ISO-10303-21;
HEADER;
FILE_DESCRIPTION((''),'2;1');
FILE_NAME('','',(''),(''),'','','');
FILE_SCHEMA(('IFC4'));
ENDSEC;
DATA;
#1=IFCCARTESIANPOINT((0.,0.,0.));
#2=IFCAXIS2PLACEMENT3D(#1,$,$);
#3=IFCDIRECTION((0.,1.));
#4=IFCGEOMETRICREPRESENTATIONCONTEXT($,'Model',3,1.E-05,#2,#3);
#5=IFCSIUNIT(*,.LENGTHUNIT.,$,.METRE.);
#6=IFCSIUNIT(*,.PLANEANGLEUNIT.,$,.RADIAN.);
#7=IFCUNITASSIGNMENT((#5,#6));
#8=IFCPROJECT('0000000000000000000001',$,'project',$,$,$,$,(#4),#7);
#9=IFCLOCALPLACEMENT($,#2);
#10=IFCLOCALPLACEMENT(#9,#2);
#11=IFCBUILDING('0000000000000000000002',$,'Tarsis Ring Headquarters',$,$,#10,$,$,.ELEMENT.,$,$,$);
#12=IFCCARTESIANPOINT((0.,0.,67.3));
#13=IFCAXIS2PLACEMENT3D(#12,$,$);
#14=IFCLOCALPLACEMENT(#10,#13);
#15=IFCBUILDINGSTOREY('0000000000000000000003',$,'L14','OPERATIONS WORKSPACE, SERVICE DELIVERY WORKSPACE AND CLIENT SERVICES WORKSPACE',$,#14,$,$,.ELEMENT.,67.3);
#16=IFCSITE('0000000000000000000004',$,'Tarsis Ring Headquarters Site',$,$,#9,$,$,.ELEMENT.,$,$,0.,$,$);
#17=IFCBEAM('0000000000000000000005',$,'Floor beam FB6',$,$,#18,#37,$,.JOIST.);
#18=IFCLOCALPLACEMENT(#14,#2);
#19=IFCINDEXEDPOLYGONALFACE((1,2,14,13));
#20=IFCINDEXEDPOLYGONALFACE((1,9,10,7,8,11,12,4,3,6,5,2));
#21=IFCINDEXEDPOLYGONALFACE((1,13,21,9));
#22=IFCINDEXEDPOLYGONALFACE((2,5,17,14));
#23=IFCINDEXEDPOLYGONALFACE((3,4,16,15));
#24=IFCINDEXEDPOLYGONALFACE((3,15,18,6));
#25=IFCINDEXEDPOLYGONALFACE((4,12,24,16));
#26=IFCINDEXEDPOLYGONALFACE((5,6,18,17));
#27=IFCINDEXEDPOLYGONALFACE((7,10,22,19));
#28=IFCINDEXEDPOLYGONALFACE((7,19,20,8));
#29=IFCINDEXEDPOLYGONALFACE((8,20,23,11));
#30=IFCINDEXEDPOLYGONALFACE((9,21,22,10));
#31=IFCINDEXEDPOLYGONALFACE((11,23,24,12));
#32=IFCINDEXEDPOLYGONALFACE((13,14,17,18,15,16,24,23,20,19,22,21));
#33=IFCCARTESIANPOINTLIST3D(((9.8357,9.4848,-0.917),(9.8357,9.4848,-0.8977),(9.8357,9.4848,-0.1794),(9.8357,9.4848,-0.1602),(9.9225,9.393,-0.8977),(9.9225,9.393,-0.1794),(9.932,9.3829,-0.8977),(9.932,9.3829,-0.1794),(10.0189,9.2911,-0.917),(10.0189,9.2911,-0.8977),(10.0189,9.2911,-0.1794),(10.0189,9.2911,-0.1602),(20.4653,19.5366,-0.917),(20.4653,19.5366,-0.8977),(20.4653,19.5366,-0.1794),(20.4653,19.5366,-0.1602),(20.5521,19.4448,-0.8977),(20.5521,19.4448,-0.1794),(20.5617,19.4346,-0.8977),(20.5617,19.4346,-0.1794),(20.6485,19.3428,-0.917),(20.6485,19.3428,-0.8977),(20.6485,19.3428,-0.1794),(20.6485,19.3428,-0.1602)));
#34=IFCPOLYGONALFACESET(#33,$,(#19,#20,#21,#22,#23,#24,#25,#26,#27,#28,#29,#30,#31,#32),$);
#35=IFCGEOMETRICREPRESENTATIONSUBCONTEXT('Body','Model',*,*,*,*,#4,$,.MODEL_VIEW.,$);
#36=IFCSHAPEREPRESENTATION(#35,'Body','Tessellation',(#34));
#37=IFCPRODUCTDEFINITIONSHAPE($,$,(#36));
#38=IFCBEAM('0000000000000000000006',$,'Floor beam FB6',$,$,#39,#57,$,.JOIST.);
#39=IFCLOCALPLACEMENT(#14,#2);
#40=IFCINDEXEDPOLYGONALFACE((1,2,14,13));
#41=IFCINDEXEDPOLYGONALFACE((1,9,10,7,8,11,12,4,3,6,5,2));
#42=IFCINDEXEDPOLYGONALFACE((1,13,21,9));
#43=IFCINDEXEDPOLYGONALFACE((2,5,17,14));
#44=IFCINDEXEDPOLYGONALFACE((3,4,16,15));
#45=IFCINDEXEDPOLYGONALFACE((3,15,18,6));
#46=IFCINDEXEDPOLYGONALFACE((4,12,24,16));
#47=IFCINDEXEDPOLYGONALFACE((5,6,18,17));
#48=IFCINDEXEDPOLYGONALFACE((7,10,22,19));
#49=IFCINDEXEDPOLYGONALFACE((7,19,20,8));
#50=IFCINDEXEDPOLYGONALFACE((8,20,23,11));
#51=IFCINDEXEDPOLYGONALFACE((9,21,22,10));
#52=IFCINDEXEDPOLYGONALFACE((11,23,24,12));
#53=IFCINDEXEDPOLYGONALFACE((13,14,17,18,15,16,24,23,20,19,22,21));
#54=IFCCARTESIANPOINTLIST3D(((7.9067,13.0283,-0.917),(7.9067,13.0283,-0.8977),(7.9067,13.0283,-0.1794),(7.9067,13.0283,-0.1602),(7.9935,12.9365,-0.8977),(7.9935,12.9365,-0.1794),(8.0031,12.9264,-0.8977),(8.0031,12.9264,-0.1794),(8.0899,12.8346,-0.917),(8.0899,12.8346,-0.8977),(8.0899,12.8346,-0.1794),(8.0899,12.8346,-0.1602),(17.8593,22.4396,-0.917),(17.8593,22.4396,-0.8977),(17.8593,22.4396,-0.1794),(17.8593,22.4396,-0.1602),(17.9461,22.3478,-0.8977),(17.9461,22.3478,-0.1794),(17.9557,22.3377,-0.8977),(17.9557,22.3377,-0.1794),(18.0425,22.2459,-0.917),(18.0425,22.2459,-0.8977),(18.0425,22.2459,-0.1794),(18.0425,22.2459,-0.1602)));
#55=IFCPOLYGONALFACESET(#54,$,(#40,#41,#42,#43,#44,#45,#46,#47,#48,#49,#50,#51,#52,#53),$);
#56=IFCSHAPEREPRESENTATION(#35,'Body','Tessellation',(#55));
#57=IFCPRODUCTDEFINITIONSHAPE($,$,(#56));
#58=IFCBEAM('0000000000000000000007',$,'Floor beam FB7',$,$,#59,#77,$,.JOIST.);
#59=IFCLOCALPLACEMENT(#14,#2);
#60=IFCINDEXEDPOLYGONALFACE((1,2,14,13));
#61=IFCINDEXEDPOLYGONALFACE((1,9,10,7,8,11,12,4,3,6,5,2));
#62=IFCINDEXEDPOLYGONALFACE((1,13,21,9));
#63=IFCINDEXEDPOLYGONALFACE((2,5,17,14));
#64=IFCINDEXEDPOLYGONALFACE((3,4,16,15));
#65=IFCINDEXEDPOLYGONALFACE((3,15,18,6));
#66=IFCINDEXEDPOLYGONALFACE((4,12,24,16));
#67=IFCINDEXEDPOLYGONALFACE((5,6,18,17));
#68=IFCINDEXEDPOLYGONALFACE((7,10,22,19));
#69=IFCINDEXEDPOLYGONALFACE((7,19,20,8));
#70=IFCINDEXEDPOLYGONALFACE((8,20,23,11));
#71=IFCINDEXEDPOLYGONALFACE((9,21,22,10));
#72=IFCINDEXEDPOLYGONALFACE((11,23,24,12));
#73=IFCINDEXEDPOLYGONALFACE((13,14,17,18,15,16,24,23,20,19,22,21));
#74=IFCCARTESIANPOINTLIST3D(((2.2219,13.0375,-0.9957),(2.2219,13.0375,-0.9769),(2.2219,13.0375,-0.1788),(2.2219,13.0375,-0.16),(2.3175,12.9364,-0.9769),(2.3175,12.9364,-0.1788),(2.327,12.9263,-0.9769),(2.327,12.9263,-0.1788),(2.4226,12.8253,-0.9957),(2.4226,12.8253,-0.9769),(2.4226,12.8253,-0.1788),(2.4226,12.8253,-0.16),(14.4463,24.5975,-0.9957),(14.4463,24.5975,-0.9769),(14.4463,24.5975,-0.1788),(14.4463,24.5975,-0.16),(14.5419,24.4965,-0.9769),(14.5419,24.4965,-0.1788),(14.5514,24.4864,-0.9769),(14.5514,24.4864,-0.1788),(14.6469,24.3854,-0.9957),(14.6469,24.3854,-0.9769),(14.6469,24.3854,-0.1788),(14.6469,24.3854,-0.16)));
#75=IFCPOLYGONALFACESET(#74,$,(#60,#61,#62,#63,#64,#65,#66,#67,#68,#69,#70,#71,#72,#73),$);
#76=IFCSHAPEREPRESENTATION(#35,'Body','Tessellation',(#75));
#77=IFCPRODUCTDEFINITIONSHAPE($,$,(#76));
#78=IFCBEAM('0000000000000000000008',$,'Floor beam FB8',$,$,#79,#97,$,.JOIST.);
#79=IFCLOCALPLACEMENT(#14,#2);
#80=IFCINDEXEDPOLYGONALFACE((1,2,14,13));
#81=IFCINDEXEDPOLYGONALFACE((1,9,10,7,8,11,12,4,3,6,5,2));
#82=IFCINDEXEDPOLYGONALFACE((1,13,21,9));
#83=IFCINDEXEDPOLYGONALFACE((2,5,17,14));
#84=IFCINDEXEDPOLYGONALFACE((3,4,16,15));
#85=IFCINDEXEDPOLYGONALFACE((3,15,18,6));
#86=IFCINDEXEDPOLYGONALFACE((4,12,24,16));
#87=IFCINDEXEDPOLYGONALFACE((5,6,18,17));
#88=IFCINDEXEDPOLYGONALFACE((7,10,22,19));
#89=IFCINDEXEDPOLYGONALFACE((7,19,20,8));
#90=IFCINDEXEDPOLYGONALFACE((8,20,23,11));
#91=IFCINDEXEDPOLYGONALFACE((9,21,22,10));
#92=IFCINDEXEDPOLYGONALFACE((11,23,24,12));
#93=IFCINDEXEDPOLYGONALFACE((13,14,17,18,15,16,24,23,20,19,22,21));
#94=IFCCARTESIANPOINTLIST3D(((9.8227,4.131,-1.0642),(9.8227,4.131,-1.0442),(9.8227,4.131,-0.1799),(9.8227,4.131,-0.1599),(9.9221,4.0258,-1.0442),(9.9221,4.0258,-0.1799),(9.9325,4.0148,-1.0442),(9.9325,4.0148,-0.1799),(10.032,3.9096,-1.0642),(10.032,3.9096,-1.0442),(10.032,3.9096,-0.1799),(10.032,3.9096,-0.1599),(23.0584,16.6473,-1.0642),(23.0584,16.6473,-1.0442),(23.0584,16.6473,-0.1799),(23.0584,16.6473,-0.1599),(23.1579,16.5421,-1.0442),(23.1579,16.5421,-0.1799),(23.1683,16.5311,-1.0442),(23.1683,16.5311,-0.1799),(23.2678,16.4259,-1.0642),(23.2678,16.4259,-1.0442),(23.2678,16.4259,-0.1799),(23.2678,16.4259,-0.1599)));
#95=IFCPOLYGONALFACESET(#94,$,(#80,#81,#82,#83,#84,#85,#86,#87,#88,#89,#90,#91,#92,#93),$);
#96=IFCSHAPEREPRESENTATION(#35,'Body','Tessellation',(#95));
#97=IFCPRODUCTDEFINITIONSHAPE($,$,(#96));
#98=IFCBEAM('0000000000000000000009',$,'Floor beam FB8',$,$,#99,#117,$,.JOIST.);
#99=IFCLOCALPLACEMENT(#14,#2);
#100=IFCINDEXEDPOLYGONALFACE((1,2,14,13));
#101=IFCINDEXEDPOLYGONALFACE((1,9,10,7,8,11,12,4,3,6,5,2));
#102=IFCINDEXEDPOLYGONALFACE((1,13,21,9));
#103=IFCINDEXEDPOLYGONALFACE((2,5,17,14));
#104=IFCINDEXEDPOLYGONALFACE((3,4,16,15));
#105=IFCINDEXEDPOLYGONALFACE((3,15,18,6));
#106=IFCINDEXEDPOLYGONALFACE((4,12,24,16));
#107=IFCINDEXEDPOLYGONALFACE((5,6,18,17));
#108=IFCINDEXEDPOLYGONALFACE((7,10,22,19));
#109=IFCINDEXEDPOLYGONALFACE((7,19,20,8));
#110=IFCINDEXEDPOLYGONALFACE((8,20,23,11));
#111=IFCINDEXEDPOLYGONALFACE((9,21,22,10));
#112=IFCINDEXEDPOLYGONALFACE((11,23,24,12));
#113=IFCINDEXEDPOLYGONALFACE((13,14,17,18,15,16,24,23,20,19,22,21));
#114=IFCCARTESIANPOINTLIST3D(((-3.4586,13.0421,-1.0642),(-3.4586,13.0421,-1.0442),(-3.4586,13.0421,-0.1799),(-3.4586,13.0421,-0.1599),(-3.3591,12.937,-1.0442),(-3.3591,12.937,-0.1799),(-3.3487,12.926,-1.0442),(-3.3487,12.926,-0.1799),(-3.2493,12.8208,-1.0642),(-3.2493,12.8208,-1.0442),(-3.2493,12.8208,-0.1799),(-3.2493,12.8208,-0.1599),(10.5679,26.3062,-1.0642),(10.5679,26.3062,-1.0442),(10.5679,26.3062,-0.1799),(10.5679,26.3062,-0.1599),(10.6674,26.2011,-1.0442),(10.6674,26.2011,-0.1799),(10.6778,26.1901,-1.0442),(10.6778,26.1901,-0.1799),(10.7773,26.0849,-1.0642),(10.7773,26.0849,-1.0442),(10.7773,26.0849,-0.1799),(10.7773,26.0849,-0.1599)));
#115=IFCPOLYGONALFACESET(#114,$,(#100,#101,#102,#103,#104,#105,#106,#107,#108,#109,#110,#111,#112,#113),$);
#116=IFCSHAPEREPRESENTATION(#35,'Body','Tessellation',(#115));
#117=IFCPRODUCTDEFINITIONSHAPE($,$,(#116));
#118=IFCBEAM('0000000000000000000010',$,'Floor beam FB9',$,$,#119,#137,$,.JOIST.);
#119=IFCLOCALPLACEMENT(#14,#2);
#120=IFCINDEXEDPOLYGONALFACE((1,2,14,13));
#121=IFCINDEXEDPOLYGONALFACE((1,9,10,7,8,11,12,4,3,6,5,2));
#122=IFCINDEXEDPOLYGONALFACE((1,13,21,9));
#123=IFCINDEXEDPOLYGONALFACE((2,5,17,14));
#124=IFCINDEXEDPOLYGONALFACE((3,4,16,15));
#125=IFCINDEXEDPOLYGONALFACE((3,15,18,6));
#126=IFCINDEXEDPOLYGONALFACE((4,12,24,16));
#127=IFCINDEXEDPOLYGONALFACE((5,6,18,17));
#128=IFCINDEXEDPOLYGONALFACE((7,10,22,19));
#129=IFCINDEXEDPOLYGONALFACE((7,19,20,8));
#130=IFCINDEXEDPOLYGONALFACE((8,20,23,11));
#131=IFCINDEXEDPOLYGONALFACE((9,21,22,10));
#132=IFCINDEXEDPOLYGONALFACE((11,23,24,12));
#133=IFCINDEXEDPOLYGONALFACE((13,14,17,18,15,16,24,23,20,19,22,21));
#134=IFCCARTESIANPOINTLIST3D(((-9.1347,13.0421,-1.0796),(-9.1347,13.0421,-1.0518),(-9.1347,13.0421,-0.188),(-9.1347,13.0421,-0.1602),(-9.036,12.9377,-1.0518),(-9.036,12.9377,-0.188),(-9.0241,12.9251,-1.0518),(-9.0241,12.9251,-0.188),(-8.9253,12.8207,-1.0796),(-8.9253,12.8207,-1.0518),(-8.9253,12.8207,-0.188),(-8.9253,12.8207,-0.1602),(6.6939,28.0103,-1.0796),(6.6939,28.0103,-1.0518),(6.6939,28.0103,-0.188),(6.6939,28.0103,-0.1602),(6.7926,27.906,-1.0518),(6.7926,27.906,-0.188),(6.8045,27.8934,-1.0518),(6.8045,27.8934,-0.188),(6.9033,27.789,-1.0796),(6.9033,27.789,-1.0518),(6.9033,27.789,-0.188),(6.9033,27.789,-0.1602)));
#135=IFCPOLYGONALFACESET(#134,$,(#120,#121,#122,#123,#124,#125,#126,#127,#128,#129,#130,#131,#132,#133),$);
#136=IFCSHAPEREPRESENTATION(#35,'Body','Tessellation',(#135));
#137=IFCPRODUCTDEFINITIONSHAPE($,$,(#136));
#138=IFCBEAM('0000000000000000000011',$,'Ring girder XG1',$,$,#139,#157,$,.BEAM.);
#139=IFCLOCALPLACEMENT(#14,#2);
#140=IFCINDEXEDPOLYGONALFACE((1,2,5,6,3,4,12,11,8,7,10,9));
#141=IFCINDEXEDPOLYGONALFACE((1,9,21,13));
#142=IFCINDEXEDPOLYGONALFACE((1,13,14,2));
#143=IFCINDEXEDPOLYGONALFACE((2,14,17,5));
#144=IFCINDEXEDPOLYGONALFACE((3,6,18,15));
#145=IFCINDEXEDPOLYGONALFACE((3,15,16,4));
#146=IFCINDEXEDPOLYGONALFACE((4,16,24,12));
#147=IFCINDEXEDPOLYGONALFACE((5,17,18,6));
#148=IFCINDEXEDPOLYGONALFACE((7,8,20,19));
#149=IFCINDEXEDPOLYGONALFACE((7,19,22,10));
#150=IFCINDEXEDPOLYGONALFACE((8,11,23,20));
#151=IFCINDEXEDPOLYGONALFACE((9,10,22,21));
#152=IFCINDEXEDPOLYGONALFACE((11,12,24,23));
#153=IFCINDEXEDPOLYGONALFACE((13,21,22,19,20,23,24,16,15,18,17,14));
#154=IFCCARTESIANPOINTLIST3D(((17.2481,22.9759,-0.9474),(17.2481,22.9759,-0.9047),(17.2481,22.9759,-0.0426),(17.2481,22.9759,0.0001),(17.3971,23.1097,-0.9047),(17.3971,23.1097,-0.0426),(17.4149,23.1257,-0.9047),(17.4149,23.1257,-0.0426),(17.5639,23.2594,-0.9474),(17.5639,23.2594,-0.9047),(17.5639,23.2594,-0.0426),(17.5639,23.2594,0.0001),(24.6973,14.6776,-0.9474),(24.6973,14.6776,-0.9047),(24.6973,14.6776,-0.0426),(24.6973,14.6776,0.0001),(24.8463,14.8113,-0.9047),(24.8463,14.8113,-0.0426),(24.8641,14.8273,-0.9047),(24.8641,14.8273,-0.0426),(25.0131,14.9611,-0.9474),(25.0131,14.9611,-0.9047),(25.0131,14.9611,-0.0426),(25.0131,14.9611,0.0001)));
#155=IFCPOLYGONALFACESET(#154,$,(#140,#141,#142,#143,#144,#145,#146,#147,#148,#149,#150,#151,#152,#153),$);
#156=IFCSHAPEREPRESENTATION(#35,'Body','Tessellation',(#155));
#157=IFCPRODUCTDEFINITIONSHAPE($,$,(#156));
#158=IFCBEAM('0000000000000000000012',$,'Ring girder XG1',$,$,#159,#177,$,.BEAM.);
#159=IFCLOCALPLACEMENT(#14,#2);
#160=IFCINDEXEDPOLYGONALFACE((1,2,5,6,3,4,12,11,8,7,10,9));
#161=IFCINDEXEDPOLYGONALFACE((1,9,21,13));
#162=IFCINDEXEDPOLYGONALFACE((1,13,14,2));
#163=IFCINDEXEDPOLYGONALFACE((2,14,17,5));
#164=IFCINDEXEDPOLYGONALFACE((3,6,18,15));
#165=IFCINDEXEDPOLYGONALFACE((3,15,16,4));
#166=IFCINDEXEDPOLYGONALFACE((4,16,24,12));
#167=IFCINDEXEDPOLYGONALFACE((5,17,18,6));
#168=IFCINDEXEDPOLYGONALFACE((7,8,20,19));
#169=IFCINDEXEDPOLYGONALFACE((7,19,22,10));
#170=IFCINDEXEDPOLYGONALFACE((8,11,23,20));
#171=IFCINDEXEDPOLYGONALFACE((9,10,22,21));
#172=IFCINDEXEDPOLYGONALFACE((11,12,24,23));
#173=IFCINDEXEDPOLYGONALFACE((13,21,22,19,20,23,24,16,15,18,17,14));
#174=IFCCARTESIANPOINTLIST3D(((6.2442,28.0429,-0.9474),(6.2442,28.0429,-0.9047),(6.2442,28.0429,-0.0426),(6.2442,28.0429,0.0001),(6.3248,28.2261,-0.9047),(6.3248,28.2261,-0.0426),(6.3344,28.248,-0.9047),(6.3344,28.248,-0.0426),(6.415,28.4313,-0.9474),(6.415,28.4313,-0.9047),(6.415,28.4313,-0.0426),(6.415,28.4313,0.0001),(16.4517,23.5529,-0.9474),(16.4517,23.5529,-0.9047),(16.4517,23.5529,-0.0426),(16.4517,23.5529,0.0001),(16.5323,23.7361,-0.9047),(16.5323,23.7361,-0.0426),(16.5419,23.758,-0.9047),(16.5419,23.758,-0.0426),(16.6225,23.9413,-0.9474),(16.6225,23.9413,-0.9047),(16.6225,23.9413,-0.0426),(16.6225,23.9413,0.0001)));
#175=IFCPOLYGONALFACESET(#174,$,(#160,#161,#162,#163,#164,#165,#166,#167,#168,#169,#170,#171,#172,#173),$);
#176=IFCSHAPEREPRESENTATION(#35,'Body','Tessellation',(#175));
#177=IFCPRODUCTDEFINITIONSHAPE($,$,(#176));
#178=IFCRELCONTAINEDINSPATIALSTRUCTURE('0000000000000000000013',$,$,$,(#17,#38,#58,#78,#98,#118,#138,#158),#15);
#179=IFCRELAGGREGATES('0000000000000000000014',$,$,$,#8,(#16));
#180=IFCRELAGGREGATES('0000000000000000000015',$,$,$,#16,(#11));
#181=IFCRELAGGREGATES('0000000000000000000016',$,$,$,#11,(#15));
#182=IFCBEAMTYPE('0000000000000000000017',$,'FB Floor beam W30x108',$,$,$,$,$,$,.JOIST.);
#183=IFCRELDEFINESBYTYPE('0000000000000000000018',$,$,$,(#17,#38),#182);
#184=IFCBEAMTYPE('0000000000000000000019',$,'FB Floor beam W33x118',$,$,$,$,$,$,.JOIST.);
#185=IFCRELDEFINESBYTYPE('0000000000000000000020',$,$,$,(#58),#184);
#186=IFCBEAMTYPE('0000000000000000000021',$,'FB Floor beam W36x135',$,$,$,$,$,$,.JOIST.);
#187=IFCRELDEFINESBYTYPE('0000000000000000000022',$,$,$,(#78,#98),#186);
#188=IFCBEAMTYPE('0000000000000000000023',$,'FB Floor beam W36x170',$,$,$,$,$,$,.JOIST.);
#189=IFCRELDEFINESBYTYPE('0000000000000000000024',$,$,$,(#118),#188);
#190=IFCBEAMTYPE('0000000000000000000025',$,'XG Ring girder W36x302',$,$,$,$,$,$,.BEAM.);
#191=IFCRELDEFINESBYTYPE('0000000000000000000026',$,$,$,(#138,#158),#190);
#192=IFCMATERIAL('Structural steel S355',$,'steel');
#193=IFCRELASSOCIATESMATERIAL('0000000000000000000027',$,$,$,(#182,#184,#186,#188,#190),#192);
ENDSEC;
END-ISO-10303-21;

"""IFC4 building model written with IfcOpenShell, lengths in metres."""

from ifc_helpers import new_model, si_unit, direction, frame, origin, origin_2d, place, context, subcontext, project, spatial, i_section, extrude, material, material_profile, profile_set, type_object, element, save


model = new_model("IFC4")

# Units and contexts
model_context = context("Model", 3, precision=1e-05, world=origin(), true_north=direction((0.0, 1.0)))
body_context = subcontext(model_context, "Body", "Model", "MODEL_VIEW")
ifc_project = project(units=[si_unit("LENGTHUNIT", "METRE"), si_unit("PLANEANGLEUNIT", "RADIAN")], contexts=[model_context])

# Site, building, storey
site_placement = place(None, origin())
site = spatial("IfcSite", under=ifc_project, at=site_placement, Name="Tarsis Ring Headquarters Site", CompositionType="ELEMENT", RefElevation=0.0)
building_placement = place(site_placement, origin())
building = spatial("IfcBuilding", under=site, at=building_placement, Name="Tarsis Ring Headquarters", CompositionType="ELEMENT")
storey_placement = place(building_placement, frame((0.0, 0.0, 67.3)))
storey = spatial("IfcBuildingStorey", under=building, at=storey_placement, Name="L14", Description="OPERATIONS WORKSPACE, SERVICE DELIVERY WORKSPACE AND CLIENT SERVICES WORKSPACE", CompositionType="ELEMENT", Elevation=67.3)

# Beams
ifc_material_1 = material(Name="Structural steel S355", Category="steel")
ifc_material_profile_1 = material_profile(ifc_material_1, i_section(OverallWidth=0.2666, OverallDepth=0.7568, WebThickness=0.0139, FlangeThickness=0.0193, at=origin_2d()), Name="W30x108")
ifc_profile_set_1 = profile_set([ifc_material_profile_1], Name="Structural steel S355")
beam_type_1 = type_object("IfcBeamType", Name="FB Floor beam W30x108", PredefinedType="JOIST", material=ifc_profile_set_1)
beam_1_placement = place(storey_placement, frame((20.5569, 19.4397, -0.5386), z_axis=(-0.726581, -0.687081, 0.0), x_axis=(0.687081, -0.726581, 0.0)))
element("IfcBeam", 1, at=beam_1_placement, inside=storey, type_object=beam_type_1, Name="Floor beam FB6", PredefinedType="JOIST", context=body_context, shape_type="SweptSolid", body=[
    extrude(i_section(OverallWidth=0.2666, OverallDepth=0.7568, WebThickness=0.0139, FlangeThickness=0.0193, at=origin_2d()), origin(), (0.0, 0.0, 1.0), 14.6296),
])
beam_2_placement = place(storey_placement, frame((17.9509, 22.3428, -0.5386), z_axis=(-0.726588, -0.687073, 0.0), x_axis=(0.687073, -0.726588, 0.0)))
element("IfcBeam", 2, at=beam_2_placement, inside=storey, type_object=beam_type_1, Name="Floor beam FB6", PredefinedType="JOIST", context=body_context, shape_type="SweptSolid", body=[
    extrude(i_section(OverallWidth=0.2666, OverallDepth=0.7568, WebThickness=0.0139, FlangeThickness=0.0193, at=origin_2d()), origin(), (0.0, 0.0, 1.0), 13.6978),
])
ifc_material_profile_2 = material_profile(ifc_material_1, i_section(OverallWidth=0.292, OverallDepth=0.8357, WebThickness=0.0139, FlangeThickness=0.0188, at=origin_2d()), Name="W33x118")
ifc_profile_set_2 = profile_set([ifc_material_profile_2], Name="Structural steel S355")
beam_type_2 = type_object("IfcBeamType", Name="FB Floor beam W33x118", PredefinedType="JOIST", material=ifc_profile_set_2)
beam_3_placement = place(storey_placement, frame((14.5466, 24.4915, -0.5779), z_axis=(-0.726573, -0.687089, 0.0), x_axis=(0.687089, -0.726573, 0.0)))
element("IfcBeam", 3, at=beam_3_placement, inside=storey, type_object=beam_type_2, Name="Floor beam FB7", PredefinedType="JOIST", context=body_context, shape_type="SweptSolid", body=[
    extrude(i_section(OverallWidth=0.292, OverallDepth=0.8357, WebThickness=0.0139, FlangeThickness=0.0188, at=origin_2d()), origin(), (0.0, 0.0, 1.0), 16.8247),
])
ifc_material_profile_3 = material_profile(ifc_material_1, i_section(OverallWidth=0.3047, OverallDepth=0.9043, WebThickness=0.0151, FlangeThickness=0.02, at=origin_2d()), Name="W36x135")
ifc_profile_set_3 = profile_set([ifc_material_profile_3], Name="Structural steel S355")
beam_type_3 = type_object("IfcBeamType", Name="FB Floor beam W36x135", PredefinedType="JOIST", material=ifc_profile_set_3)
beam_4_placement = place(storey_placement, frame((23.1631, 16.5366, -0.6121), z_axis=(-0.726579, -0.687083, 0.0), x_axis=(0.687083, -0.726579, 0.0)))
element("IfcBeam", 4, at=beam_4_placement, inside=storey, type_object=beam_type_3, Name="Floor beam FB8", PredefinedType="JOIST", context=body_context, shape_type="SweptSolid", body=[
    extrude(i_section(OverallWidth=0.3047, OverallDepth=0.9043, WebThickness=0.0151, FlangeThickness=0.02, at=origin_2d()), origin(), (0.0, 0.0, 1.0), 18.2166),
])
beam_5_placement = place(storey_placement, frame((10.6726, 26.1956, -0.6121), z_axis=(-0.726578, -0.687083, 0.0), x_axis=(0.687083, -0.726578, 0.0)))
element("IfcBeam", 5, at=beam_5_placement, inside=storey, type_object=beam_type_3, Name="Floor beam FB8", PredefinedType="JOIST", context=body_context, shape_type="SweptSolid", body=[
    extrude(i_section(OverallWidth=0.3047, OverallDepth=0.9043, WebThickness=0.0151, FlangeThickness=0.02, at=origin_2d()), origin(), (0.0, 0.0, 1.0), 19.3049),
])
ifc_material_profile_4 = material_profile(ifc_material_1, i_section(OverallWidth=0.3047, OverallDepth=0.9194, WebThickness=0.0173, FlangeThickness=0.0278, at=origin_2d()), Name="W36x170")
ifc_profile_set_4 = profile_set([ifc_material_profile_4], Name="Structural steel S355")
beam_type_4 = type_object("IfcBeamType", Name="FB Floor beam W36x170", PredefinedType="JOIST", material=ifc_profile_set_4)
beam_6_placement = place(storey_placement, frame((6.7986, 27.8997, -0.6199), z_axis=(-0.726577, -0.687085, 0.0), x_axis=(0.687085, -0.726577, 0.0)))
element("IfcBeam", 6, at=beam_6_placement, inside=storey, type_object=beam_type_4, Name="Floor beam FB9", PredefinedType="JOIST", context=body_context, shape_type="SweptSolid", body=[
    extrude(i_section(OverallWidth=0.3047, OverallDepth=0.9194, WebThickness=0.0173, FlangeThickness=0.0278, at=origin_2d()), origin(), (0.0, 0.0, 1.0), 21.7852),
])
ifc_material_profile_5 = material_profile(ifc_material_1, i_section(OverallWidth=0.4243, OverallDepth=0.9475, WebThickness=0.0239, FlangeThickness=0.0427, at=origin_2d()), Name="W36x302")
ifc_profile_set_5 = profile_set([ifc_material_profile_5], Name="Structural steel S355")
beam_type_5 = type_object("IfcBeamType", Name="XG Ring girder W36x302", PredefinedType="BEAM", material=ifc_profile_set_5)
for number, where, z_axis, x_axis, name in (
    (7, (24.8552, 14.8193, -0.4736), (-0.668009, 0.744154, 0.0), (-0.744154, -0.668009, 0.0), "Ring girder XG1"),
    (8, (16.5371, 23.7471, -0.4736), (-0.915359, 0.40264, 0.0), (-0.40264, -0.915359, 0.0), "Ring girder XG1"),
):
    element("IfcBeam", number, at=place(storey_placement, frame(where, z_axis=z_axis, x_axis=x_axis)), inside=storey, type_object=beam_type_5, Name=name, PredefinedType="BEAM", context=body_context, shape_type="SweptSolid", body=[
        extrude(i_section(OverallWidth=0.4243, OverallDepth=0.9475, WebThickness=0.0239, FlangeThickness=0.0427, at=origin_2d()), origin(), (0.0, 0.0, 1.0), 11.1514),
    ])

save(model, "model.ifc")
